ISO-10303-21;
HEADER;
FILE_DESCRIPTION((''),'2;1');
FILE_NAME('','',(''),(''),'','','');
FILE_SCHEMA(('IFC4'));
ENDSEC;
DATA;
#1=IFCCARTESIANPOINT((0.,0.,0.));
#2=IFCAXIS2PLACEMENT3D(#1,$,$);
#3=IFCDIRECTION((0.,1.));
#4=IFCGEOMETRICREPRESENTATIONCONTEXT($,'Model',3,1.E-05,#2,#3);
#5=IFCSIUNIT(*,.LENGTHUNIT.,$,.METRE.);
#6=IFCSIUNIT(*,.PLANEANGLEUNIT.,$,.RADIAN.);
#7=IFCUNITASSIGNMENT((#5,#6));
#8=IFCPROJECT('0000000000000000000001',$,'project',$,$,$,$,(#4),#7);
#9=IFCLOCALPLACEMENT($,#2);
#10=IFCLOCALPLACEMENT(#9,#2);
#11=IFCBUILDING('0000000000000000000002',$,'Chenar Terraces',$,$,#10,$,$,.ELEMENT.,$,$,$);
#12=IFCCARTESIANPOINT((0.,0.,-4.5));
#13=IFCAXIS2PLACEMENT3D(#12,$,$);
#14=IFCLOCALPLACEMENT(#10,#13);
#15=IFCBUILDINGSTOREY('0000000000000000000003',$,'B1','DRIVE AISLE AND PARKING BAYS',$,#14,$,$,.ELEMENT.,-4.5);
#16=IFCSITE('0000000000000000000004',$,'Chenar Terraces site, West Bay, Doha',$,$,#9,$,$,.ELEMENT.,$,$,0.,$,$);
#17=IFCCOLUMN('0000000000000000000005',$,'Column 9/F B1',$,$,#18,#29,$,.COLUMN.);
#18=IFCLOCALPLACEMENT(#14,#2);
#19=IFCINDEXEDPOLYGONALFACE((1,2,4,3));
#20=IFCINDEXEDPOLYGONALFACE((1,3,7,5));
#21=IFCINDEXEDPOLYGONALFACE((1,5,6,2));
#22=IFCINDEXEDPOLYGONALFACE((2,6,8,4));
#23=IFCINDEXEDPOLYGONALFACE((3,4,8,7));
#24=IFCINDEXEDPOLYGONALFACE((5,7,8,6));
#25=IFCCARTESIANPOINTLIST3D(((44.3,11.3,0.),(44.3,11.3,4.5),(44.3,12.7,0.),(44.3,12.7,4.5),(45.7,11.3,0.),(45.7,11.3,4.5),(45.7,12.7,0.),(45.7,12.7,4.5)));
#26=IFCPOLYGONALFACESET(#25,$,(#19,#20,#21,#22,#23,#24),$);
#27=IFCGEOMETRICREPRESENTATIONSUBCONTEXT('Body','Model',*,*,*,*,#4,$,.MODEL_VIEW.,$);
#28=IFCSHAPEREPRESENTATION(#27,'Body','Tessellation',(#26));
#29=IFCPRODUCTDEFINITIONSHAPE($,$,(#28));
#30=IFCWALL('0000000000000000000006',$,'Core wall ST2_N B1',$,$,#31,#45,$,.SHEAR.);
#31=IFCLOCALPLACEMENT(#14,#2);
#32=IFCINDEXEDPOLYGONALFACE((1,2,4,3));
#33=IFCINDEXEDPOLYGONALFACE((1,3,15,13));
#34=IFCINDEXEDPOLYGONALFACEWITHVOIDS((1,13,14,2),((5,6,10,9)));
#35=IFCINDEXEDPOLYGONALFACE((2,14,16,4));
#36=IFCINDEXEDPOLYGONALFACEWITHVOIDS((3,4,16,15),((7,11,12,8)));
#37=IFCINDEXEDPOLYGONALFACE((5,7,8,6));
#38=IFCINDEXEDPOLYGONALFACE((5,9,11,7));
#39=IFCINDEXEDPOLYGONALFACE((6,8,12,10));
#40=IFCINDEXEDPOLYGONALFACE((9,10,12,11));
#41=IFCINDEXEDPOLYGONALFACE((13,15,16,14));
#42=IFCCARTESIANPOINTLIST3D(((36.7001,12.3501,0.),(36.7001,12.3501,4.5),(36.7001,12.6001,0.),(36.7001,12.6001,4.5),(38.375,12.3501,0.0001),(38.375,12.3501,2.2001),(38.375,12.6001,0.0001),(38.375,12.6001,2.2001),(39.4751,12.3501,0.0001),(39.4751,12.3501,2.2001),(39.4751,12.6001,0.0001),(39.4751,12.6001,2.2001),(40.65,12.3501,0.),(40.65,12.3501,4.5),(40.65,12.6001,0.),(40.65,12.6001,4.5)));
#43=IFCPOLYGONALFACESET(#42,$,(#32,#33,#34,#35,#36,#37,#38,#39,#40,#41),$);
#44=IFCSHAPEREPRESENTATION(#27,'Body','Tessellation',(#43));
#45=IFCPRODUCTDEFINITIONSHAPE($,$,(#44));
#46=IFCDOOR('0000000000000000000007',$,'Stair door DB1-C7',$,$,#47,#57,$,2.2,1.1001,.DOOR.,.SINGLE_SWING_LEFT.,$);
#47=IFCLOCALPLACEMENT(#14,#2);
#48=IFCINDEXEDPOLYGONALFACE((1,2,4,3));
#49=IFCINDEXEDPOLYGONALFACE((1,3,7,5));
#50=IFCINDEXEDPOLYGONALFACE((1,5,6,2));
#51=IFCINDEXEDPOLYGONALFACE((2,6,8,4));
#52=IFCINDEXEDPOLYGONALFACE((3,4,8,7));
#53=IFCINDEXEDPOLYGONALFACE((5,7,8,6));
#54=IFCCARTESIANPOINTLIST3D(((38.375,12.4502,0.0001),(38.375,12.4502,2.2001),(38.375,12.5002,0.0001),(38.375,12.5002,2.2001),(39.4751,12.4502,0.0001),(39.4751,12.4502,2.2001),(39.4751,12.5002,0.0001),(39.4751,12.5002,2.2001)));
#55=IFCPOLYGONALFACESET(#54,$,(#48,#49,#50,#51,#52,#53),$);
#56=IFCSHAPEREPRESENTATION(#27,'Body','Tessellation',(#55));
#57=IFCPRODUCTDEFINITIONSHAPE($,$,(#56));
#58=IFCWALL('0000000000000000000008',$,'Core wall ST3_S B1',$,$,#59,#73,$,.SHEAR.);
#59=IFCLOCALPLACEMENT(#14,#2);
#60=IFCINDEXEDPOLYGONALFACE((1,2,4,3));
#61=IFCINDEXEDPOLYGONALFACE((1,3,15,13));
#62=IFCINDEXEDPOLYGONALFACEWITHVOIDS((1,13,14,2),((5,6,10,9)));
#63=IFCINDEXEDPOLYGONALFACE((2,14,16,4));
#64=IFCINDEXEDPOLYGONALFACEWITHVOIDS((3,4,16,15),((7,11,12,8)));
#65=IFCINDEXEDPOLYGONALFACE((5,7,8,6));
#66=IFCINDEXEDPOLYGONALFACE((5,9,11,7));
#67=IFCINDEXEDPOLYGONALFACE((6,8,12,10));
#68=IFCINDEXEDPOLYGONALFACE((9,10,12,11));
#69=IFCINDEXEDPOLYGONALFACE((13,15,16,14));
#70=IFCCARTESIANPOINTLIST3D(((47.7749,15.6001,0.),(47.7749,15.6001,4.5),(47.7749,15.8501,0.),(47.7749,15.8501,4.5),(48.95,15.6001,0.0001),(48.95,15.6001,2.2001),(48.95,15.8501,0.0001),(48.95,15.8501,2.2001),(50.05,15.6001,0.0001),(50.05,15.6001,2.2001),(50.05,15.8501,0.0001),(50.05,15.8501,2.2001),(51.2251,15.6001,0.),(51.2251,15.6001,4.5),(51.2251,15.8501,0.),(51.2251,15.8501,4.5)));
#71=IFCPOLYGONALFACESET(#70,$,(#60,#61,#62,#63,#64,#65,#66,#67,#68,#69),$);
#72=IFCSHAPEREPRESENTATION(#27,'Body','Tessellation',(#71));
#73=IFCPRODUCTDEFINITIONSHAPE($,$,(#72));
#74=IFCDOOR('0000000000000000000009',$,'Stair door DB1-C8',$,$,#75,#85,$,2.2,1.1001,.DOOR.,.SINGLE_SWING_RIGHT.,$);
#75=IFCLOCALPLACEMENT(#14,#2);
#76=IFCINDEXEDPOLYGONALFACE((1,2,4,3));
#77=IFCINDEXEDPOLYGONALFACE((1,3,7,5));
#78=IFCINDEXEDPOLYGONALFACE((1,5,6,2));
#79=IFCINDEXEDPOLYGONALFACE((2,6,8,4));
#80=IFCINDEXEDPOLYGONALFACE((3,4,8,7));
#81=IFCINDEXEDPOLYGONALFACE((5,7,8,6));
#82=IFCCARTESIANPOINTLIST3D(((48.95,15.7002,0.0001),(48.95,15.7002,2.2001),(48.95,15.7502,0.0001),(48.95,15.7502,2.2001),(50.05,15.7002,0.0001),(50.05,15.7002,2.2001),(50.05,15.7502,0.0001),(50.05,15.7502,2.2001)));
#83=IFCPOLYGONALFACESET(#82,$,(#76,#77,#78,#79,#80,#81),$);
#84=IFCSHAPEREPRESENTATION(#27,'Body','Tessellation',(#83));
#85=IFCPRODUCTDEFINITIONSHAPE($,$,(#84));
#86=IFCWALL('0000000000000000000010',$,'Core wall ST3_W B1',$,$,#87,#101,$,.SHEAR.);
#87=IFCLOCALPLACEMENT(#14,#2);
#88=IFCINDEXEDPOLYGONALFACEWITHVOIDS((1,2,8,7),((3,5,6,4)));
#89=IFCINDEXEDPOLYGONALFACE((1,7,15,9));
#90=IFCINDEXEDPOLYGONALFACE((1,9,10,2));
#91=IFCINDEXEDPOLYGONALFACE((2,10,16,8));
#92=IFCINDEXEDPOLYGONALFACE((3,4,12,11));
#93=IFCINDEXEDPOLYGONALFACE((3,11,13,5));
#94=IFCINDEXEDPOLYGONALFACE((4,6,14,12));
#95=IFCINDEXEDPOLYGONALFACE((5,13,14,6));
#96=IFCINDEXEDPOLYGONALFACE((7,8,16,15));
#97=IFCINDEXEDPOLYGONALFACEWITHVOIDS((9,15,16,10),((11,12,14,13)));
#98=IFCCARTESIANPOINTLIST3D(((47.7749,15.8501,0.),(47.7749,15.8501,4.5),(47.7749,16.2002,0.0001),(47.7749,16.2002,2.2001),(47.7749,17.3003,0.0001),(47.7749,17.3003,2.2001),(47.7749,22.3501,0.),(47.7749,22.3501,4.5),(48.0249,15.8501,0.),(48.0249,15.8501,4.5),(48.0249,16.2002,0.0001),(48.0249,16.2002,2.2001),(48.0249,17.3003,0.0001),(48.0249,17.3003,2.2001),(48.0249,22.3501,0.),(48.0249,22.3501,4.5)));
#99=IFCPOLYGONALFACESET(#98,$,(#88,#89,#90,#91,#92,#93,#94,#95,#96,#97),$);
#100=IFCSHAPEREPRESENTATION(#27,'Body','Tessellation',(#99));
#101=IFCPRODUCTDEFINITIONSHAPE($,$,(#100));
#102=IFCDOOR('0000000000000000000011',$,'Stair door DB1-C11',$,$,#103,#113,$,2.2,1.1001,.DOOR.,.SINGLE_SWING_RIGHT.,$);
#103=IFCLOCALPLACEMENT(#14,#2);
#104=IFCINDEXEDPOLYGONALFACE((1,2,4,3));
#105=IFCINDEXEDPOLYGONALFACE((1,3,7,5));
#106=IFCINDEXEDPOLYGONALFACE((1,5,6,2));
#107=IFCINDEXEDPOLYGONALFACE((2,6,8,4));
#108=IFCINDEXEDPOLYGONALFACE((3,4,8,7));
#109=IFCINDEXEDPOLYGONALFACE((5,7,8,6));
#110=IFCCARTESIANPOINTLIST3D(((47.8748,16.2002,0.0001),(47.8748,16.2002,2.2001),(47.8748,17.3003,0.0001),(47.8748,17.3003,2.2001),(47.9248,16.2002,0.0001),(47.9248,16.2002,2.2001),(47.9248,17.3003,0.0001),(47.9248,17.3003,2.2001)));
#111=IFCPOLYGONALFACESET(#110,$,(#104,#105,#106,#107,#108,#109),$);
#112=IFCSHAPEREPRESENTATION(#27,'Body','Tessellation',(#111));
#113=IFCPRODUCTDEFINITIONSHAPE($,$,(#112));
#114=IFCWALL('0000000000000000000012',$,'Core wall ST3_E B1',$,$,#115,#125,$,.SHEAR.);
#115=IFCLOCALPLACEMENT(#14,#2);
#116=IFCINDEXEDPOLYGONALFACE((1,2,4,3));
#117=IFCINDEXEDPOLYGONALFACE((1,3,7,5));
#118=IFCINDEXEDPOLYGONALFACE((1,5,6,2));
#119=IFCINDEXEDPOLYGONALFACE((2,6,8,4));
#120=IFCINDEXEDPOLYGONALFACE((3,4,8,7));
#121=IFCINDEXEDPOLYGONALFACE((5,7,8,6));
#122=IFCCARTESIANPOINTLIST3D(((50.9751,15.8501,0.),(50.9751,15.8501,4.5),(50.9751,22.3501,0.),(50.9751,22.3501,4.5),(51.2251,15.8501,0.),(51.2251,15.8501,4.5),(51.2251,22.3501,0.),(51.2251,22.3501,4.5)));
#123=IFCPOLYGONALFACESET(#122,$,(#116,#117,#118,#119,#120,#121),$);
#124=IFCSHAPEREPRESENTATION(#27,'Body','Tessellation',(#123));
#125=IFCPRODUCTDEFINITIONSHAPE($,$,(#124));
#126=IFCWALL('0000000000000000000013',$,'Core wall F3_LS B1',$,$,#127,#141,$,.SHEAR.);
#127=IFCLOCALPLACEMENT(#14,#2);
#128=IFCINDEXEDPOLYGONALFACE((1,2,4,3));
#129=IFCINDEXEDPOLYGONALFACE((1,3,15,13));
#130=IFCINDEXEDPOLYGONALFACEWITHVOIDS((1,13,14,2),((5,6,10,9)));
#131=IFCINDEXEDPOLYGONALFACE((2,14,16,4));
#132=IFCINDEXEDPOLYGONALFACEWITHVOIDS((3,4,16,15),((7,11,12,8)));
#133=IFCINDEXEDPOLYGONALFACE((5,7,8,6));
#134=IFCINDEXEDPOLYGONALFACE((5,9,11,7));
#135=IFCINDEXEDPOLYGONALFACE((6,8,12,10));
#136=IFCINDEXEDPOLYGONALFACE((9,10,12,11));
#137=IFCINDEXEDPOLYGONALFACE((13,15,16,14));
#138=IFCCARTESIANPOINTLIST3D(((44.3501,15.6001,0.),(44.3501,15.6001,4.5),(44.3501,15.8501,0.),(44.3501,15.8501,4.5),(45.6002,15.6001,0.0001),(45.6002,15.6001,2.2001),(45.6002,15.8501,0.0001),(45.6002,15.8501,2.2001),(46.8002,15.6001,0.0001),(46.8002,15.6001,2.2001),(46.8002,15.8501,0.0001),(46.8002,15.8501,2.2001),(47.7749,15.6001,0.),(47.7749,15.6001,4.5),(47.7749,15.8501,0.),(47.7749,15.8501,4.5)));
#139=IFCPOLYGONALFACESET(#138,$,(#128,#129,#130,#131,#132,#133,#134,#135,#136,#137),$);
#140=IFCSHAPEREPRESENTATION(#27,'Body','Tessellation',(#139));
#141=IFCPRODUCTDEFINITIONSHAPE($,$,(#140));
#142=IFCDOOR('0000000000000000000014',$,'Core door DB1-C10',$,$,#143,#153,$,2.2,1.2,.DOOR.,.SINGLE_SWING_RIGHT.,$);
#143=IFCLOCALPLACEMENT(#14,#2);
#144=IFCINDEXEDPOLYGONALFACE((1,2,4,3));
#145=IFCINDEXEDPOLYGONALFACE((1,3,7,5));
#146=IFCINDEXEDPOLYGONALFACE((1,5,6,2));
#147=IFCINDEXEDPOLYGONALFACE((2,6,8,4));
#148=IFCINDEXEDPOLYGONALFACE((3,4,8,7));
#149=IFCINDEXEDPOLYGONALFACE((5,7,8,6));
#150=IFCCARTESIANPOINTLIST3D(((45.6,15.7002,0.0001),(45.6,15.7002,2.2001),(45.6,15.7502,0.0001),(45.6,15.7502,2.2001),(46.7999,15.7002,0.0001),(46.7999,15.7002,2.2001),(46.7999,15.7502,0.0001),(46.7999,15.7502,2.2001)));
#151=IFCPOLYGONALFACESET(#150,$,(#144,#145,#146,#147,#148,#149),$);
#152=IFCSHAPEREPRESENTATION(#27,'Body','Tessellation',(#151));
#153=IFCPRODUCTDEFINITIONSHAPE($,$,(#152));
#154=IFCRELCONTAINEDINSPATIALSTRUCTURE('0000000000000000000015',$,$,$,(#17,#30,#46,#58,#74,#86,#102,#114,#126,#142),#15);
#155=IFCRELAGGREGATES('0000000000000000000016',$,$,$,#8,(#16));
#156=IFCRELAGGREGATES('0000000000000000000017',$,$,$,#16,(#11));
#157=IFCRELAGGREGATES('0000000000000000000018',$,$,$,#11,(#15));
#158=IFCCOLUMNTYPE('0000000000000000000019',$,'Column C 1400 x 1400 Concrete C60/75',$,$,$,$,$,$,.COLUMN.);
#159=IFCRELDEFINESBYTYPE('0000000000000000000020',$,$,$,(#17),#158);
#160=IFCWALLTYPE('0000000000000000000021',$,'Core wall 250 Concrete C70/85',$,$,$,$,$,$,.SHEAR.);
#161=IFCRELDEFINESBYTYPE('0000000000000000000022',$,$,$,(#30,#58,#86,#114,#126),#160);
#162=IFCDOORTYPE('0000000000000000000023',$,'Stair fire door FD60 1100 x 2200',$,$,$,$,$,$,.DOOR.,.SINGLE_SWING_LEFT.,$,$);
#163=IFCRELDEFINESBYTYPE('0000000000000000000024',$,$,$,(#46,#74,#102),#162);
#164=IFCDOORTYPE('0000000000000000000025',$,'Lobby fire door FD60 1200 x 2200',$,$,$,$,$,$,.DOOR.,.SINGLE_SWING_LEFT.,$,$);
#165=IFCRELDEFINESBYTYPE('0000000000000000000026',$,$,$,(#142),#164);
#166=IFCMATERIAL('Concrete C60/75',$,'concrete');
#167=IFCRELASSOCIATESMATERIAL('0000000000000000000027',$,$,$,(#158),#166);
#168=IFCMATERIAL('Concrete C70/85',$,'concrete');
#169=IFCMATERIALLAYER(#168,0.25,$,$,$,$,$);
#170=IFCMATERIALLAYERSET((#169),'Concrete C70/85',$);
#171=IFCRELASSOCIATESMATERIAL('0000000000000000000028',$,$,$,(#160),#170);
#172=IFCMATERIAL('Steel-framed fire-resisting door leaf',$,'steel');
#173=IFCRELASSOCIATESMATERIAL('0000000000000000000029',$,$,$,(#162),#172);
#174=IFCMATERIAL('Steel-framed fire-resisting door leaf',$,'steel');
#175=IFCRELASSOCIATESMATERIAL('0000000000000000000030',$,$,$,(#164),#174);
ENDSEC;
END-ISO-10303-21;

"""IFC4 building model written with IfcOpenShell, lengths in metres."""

from ifc_helpers import new_model, si_unit, direction, frame, frame_2d, origin, origin_2d, place, context, subcontext, project, spatial, rectangle, extrude, material, layer, layer_set, material_profile, profile_set, type_object, element, fill, save


model = new_model("IFC4")

# Units and contexts
model_context = context("Model", 3, precision=1e-05, world=origin(), true_north=direction((0.0, 1.0)))
body_context = subcontext(model_context, "Body", "Model", "MODEL_VIEW")
ifc_project = project(units=[si_unit("LENGTHUNIT", "METRE"), si_unit("PLANEANGLEUNIT", "RADIAN")], contexts=[model_context])

# Site, building, storey
site_placement = place(None, origin())
site = spatial("IfcSite", under=ifc_project, at=site_placement, Name="Chenar Terraces site, West Bay, Doha", CompositionType="ELEMENT", RefElevation=0.0)
building_placement = place(site_placement, origin())
building = spatial("IfcBuilding", under=site, at=building_placement, Name="Chenar Terraces", CompositionType="ELEMENT")
storey_placement = place(building_placement, frame((0.0, 0.0, -4.5)))
storey = spatial("IfcBuildingStorey", under=building, at=storey_placement, Name="B1", Description="DRIVE AISLE AND PARKING BAYS", CompositionType="ELEMENT", Elevation=-4.5)

# Column
ifc_material_1 = material(Name="Concrete C60/75", Category="concrete")
ifc_material_profile = material_profile(ifc_material_1, rectangle(XDim=1.3999, YDim=1.3999, at=origin_2d()), Name="C 1400 x 1400")
ifc_profile_set = profile_set([ifc_material_profile], Name="Concrete C60/75")
column_type = type_object("IfcColumnType", Name="Column C 1400 x 1400 Concrete C60/75", PredefinedType="COLUMN", material=ifc_profile_set)
column_placement = place(storey_placement, frame((45.0, 12.0, 0.0), z_axis=(0.0, 0.0, 1.0), x_axis=(1.0, 0.0, 0.0)))
element("IfcColumn", 1, at=column_placement, inside=storey, type_object=column_type, Name="Column 9/F B1", PredefinedType="COLUMN", context=body_context, shape_type="SweptSolid", body=[
    extrude(rectangle(XDim=1.3999, YDim=1.3999, at=origin_2d()), origin(), (0.0, 0.0, 1.0), 4.5),
])

# Walls, openings, doors
ifc_material_2 = material(Name="Concrete C70/85", Category="concrete")
ifc_layer_1 = layer(ifc_material_2, 0.25)
ifc_layer_set_1 = layer_set([ifc_layer_1], Name="Concrete C70/85")
wall_type_1 = type_object("IfcWallType", Name="Core wall 250 Concrete C70/85", PredefinedType="SHEAR", material=ifc_layer_set_1)
wall_1_placement = place(storey_placement, frame((36.7, 12.4751, 0.0), z_axis=(0.0, 0.0, 1.0), x_axis=(1.0, 0.0, 0.0)))
wall_1 = element("IfcWall", 2, at=wall_1_placement, inside=storey, type_object=wall_type_1, Name="Core wall ST2_N B1", PredefinedType="SHEAR", context=body_context, shape_type="SweptSolid", body=[
    extrude(rectangle(XDim=3.95, YDim=0.25, at=frame_2d((1.9751, 0.0))), origin(), (0.0, 0.0, 1.0), 4.5),
])
opening_1_placement = place(wall_1_placement, frame((1.675, 0.0, 0.0)))
opening_1 = element("IfcOpeningElement", 3, at=opening_1_placement, cuts=wall_1, PredefinedType="OPENING", context=body_context, shape_type="SweptSolid", body=[
    extrude(rectangle(XDim=1.1001, YDim=2.2, at=frame_2d((0.55, 1.1001))), frame((0.0, 0.135, 0.0), z_axis=(0.0, -1.0, 0.0), x_axis=(1.0, 0.0, 0.0)), (0.0, 0.0, 1.0), 0.27),
])
ifc_material_3 = material(Name="Steel-framed fire-resisting door leaf", Category="steel")
door_type_1 = type_object("IfcDoorType", Name="Stair fire door FD60 1100 x 2200", OperationType="SINGLE_SWING_LEFT", PredefinedType="DOOR", material=ifc_material_3)
door_1_placement = place(opening_1_placement, frame((1.1001, 0.0, 0.0), z_axis=(0.0, 0.0, 1.0), x_axis=(-1.0, 0.0, 0.0)))
door_1 = element("IfcDoor", 4, at=door_1_placement, inside=storey, type_object=door_type_1, Name="Stair door DB1-C7", OperationType="SINGLE_SWING_LEFT", OverallHeight=2.2, OverallWidth=1.1001, PredefinedType="DOOR", context=body_context, shape_type="SweptSolid", body=[
    extrude(rectangle(XDim=1.1001, YDim=2.2, at=frame_2d((0.55, 1.1001))), frame((0.0, 0.0249, 0.0), z_axis=(0.0, -1.0, 0.0), x_axis=(1.0, 0.0, 0.0)), (0.0, 0.0, 1.0), 0.05),
])
fill(opening_1, door_1)
wall_2_placement = place(storey_placement, frame((47.7749, 15.7251, 0.0), z_axis=(0.0, 0.0, 1.0), x_axis=(1.0, 0.0, 0.0)))
wall_2 = element("IfcWall", 5, at=wall_2_placement, inside=storey, type_object=wall_type_1, Name="Core wall ST3_S B1", PredefinedType="SHEAR", context=body_context, shape_type="SweptSolid", body=[
    extrude(rectangle(XDim=3.4502, YDim=0.25, at=frame_2d((1.7251, 0.0))), origin(), (0.0, 0.0, 1.0), 4.5),
])
opening_2_placement = place(wall_2_placement, frame((1.175, 0.0, 0.0)))
opening_2 = element("IfcOpeningElement", 6, at=opening_2_placement, cuts=wall_2, PredefinedType="OPENING", context=body_context, shape_type="SweptSolid", body=[
    extrude(rectangle(XDim=1.1001, YDim=2.2, at=frame_2d((0.55, 1.1001))), frame((0.0, 0.135, 0.0), z_axis=(0.0, -1.0, 0.0), x_axis=(1.0, 0.0, 0.0)), (0.0, 0.0, 1.0), 0.27),
])
door_2_placement = place(opening_2_placement, frame((1.1001, 0.0, 0.0), z_axis=(0.0, 0.0, 1.0), x_axis=(-1.0, 0.0, 0.0)))
door_2 = element("IfcDoor", 7, at=door_2_placement, inside=storey, type_object=door_type_1, Name="Stair door DB1-C8", OperationType="SINGLE_SWING_RIGHT", OverallHeight=2.2, OverallWidth=1.1001, PredefinedType="DOOR", context=body_context, shape_type="SweptSolid", body=[
    extrude(rectangle(XDim=1.1001, YDim=2.2, at=frame_2d((0.55, 1.1001))), frame((0.0, 0.0249, 0.0), z_axis=(0.0, -1.0, 0.0), x_axis=(1.0, 0.0, 0.0)), (0.0, 0.0, 1.0), 0.05),
])
fill(opening_2, door_2)
wall_3_placement = place(storey_placement, frame((47.8999, 15.8501, 0.0), z_axis=(0.0, 0.0, 1.0), x_axis=(0.0, 1.0, 0.0)))
wall_3 = element("IfcWall", 8, at=wall_3_placement, inside=storey, type_object=wall_type_1, Name="Core wall ST3_W B1", PredefinedType="SHEAR", context=body_context, shape_type="SweptSolid", body=[
    extrude(rectangle(XDim=6.5, YDim=0.25, at=frame_2d((3.25, 0.0))), origin(), (0.0, 0.0, 1.0), 4.5),
])
opening_3_placement = place(wall_3_placement, frame((0.3501, 0.0, 0.0)))
opening_3 = element("IfcOpeningElement", 9, at=opening_3_placement, cuts=wall_3, PredefinedType="OPENING", context=body_context, shape_type="SweptSolid", body=[
    extrude(rectangle(XDim=1.1001, YDim=2.2, at=frame_2d((0.55, 1.1001))), frame((0.0, 0.135, 0.0), z_axis=(0.0, -1.0, 0.0), x_axis=(1.0, 0.0, 0.0)), (0.0, 0.0, 1.0), 0.27),
])
door_3_placement = place(opening_3_placement, frame((1.1001, 0.0, 0.0), z_axis=(0.0, 0.0, 1.0), x_axis=(-1.0, 0.0, 0.0)))
door_3 = element("IfcDoor", 10, at=door_3_placement, inside=storey, type_object=door_type_1, Name="Stair door DB1-C11", OperationType="SINGLE_SWING_RIGHT", OverallHeight=2.2, OverallWidth=1.1001, PredefinedType="DOOR", context=body_context, shape_type="SweptSolid", body=[
    extrude(rectangle(XDim=1.1001, YDim=2.2, at=frame_2d((0.55, 1.1001))), frame((0.0, 0.0249, 0.0), z_axis=(0.0, -1.0, 0.0), x_axis=(1.0, 0.0, 0.0)), (0.0, 0.0, 1.0), 0.05),
])
fill(opening_3, door_3)

# Wall
wall_4_placement = place(storey_placement, frame((51.1001, 15.8501, 0.0), z_axis=(0.0, 0.0, 1.0), x_axis=(0.0, 1.0, 0.0)))
element("IfcWall", 11, at=wall_4_placement, inside=storey, type_object=wall_type_1, Name="Core wall ST3_E B1", PredefinedType="SHEAR", context=body_context, shape_type="SweptSolid", body=[
    extrude(rectangle(XDim=6.5, YDim=0.25, at=frame_2d((3.25, 0.0))), origin(), (0.0, 0.0, 1.0), 4.5),
])

# Wall, opening, door
wall_5_placement = place(storey_placement, frame((44.3501, 15.7251, 0.0), z_axis=(0.0, 0.0, 1.0), x_axis=(1.0, 0.0, 0.0)))
wall_5 = element("IfcWall", 12, at=wall_5_placement, inside=storey, type_object=wall_type_1, Name="Core wall F3_LS B1", PredefinedType="SHEAR", context=body_context, shape_type="SweptSolid", body=[
    extrude(rectangle(XDim=3.4248, YDim=0.25, at=frame_2d((1.7124, 0.0))), origin(), (0.0, 0.0, 1.0), 4.5),
])
opening_4_placement = place(wall_5_placement, frame((1.25, 0.0, 0.0)))
opening_4 = element("IfcOpeningElement", 13, at=opening_4_placement, cuts=wall_5, PredefinedType="OPENING", context=body_context, shape_type="SweptSolid", body=[
    extrude(rectangle(XDim=1.2, YDim=2.2, at=frame_2d((0.6001, 1.1001))), frame((0.0, 0.135, 0.0), z_axis=(0.0, -1.0, 0.0), x_axis=(1.0, 0.0, 0.0)), (0.0, 0.0, 1.0), 0.27),
])
ifc_material_4 = material(Name="Steel-framed fire-resisting door leaf", Category="steel")
door_type_2 = type_object("IfcDoorType", Name="Lobby fire door FD60 1200 x 2200", OperationType="SINGLE_SWING_LEFT", PredefinedType="DOOR", material=ifc_material_4)
door_4_placement = place(opening_4_placement, frame((1.2, 0.0, 0.0), z_axis=(0.0, 0.0, 1.0), x_axis=(-1.0, 0.0, 0.0)))
door_4 = element("IfcDoor", 14, at=door_4_placement, inside=storey, type_object=door_type_2, Name="Core door DB1-C10", OperationType="SINGLE_SWING_RIGHT", OverallHeight=2.2, OverallWidth=1.2, PredefinedType="DOOR", context=body_context, shape_type="SweptSolid", body=[
    extrude(rectangle(XDim=1.2, YDim=2.2, at=frame_2d((0.6001, 1.1001))), frame((0.0, 0.0249, 0.0), z_axis=(0.0, -1.0, 0.0), x_axis=(1.0, 0.0, 0.0)), (0.0, 0.0, 1.0), 0.05),
])
fill(opening_4, door_4)

save(model, "model.ifc")
